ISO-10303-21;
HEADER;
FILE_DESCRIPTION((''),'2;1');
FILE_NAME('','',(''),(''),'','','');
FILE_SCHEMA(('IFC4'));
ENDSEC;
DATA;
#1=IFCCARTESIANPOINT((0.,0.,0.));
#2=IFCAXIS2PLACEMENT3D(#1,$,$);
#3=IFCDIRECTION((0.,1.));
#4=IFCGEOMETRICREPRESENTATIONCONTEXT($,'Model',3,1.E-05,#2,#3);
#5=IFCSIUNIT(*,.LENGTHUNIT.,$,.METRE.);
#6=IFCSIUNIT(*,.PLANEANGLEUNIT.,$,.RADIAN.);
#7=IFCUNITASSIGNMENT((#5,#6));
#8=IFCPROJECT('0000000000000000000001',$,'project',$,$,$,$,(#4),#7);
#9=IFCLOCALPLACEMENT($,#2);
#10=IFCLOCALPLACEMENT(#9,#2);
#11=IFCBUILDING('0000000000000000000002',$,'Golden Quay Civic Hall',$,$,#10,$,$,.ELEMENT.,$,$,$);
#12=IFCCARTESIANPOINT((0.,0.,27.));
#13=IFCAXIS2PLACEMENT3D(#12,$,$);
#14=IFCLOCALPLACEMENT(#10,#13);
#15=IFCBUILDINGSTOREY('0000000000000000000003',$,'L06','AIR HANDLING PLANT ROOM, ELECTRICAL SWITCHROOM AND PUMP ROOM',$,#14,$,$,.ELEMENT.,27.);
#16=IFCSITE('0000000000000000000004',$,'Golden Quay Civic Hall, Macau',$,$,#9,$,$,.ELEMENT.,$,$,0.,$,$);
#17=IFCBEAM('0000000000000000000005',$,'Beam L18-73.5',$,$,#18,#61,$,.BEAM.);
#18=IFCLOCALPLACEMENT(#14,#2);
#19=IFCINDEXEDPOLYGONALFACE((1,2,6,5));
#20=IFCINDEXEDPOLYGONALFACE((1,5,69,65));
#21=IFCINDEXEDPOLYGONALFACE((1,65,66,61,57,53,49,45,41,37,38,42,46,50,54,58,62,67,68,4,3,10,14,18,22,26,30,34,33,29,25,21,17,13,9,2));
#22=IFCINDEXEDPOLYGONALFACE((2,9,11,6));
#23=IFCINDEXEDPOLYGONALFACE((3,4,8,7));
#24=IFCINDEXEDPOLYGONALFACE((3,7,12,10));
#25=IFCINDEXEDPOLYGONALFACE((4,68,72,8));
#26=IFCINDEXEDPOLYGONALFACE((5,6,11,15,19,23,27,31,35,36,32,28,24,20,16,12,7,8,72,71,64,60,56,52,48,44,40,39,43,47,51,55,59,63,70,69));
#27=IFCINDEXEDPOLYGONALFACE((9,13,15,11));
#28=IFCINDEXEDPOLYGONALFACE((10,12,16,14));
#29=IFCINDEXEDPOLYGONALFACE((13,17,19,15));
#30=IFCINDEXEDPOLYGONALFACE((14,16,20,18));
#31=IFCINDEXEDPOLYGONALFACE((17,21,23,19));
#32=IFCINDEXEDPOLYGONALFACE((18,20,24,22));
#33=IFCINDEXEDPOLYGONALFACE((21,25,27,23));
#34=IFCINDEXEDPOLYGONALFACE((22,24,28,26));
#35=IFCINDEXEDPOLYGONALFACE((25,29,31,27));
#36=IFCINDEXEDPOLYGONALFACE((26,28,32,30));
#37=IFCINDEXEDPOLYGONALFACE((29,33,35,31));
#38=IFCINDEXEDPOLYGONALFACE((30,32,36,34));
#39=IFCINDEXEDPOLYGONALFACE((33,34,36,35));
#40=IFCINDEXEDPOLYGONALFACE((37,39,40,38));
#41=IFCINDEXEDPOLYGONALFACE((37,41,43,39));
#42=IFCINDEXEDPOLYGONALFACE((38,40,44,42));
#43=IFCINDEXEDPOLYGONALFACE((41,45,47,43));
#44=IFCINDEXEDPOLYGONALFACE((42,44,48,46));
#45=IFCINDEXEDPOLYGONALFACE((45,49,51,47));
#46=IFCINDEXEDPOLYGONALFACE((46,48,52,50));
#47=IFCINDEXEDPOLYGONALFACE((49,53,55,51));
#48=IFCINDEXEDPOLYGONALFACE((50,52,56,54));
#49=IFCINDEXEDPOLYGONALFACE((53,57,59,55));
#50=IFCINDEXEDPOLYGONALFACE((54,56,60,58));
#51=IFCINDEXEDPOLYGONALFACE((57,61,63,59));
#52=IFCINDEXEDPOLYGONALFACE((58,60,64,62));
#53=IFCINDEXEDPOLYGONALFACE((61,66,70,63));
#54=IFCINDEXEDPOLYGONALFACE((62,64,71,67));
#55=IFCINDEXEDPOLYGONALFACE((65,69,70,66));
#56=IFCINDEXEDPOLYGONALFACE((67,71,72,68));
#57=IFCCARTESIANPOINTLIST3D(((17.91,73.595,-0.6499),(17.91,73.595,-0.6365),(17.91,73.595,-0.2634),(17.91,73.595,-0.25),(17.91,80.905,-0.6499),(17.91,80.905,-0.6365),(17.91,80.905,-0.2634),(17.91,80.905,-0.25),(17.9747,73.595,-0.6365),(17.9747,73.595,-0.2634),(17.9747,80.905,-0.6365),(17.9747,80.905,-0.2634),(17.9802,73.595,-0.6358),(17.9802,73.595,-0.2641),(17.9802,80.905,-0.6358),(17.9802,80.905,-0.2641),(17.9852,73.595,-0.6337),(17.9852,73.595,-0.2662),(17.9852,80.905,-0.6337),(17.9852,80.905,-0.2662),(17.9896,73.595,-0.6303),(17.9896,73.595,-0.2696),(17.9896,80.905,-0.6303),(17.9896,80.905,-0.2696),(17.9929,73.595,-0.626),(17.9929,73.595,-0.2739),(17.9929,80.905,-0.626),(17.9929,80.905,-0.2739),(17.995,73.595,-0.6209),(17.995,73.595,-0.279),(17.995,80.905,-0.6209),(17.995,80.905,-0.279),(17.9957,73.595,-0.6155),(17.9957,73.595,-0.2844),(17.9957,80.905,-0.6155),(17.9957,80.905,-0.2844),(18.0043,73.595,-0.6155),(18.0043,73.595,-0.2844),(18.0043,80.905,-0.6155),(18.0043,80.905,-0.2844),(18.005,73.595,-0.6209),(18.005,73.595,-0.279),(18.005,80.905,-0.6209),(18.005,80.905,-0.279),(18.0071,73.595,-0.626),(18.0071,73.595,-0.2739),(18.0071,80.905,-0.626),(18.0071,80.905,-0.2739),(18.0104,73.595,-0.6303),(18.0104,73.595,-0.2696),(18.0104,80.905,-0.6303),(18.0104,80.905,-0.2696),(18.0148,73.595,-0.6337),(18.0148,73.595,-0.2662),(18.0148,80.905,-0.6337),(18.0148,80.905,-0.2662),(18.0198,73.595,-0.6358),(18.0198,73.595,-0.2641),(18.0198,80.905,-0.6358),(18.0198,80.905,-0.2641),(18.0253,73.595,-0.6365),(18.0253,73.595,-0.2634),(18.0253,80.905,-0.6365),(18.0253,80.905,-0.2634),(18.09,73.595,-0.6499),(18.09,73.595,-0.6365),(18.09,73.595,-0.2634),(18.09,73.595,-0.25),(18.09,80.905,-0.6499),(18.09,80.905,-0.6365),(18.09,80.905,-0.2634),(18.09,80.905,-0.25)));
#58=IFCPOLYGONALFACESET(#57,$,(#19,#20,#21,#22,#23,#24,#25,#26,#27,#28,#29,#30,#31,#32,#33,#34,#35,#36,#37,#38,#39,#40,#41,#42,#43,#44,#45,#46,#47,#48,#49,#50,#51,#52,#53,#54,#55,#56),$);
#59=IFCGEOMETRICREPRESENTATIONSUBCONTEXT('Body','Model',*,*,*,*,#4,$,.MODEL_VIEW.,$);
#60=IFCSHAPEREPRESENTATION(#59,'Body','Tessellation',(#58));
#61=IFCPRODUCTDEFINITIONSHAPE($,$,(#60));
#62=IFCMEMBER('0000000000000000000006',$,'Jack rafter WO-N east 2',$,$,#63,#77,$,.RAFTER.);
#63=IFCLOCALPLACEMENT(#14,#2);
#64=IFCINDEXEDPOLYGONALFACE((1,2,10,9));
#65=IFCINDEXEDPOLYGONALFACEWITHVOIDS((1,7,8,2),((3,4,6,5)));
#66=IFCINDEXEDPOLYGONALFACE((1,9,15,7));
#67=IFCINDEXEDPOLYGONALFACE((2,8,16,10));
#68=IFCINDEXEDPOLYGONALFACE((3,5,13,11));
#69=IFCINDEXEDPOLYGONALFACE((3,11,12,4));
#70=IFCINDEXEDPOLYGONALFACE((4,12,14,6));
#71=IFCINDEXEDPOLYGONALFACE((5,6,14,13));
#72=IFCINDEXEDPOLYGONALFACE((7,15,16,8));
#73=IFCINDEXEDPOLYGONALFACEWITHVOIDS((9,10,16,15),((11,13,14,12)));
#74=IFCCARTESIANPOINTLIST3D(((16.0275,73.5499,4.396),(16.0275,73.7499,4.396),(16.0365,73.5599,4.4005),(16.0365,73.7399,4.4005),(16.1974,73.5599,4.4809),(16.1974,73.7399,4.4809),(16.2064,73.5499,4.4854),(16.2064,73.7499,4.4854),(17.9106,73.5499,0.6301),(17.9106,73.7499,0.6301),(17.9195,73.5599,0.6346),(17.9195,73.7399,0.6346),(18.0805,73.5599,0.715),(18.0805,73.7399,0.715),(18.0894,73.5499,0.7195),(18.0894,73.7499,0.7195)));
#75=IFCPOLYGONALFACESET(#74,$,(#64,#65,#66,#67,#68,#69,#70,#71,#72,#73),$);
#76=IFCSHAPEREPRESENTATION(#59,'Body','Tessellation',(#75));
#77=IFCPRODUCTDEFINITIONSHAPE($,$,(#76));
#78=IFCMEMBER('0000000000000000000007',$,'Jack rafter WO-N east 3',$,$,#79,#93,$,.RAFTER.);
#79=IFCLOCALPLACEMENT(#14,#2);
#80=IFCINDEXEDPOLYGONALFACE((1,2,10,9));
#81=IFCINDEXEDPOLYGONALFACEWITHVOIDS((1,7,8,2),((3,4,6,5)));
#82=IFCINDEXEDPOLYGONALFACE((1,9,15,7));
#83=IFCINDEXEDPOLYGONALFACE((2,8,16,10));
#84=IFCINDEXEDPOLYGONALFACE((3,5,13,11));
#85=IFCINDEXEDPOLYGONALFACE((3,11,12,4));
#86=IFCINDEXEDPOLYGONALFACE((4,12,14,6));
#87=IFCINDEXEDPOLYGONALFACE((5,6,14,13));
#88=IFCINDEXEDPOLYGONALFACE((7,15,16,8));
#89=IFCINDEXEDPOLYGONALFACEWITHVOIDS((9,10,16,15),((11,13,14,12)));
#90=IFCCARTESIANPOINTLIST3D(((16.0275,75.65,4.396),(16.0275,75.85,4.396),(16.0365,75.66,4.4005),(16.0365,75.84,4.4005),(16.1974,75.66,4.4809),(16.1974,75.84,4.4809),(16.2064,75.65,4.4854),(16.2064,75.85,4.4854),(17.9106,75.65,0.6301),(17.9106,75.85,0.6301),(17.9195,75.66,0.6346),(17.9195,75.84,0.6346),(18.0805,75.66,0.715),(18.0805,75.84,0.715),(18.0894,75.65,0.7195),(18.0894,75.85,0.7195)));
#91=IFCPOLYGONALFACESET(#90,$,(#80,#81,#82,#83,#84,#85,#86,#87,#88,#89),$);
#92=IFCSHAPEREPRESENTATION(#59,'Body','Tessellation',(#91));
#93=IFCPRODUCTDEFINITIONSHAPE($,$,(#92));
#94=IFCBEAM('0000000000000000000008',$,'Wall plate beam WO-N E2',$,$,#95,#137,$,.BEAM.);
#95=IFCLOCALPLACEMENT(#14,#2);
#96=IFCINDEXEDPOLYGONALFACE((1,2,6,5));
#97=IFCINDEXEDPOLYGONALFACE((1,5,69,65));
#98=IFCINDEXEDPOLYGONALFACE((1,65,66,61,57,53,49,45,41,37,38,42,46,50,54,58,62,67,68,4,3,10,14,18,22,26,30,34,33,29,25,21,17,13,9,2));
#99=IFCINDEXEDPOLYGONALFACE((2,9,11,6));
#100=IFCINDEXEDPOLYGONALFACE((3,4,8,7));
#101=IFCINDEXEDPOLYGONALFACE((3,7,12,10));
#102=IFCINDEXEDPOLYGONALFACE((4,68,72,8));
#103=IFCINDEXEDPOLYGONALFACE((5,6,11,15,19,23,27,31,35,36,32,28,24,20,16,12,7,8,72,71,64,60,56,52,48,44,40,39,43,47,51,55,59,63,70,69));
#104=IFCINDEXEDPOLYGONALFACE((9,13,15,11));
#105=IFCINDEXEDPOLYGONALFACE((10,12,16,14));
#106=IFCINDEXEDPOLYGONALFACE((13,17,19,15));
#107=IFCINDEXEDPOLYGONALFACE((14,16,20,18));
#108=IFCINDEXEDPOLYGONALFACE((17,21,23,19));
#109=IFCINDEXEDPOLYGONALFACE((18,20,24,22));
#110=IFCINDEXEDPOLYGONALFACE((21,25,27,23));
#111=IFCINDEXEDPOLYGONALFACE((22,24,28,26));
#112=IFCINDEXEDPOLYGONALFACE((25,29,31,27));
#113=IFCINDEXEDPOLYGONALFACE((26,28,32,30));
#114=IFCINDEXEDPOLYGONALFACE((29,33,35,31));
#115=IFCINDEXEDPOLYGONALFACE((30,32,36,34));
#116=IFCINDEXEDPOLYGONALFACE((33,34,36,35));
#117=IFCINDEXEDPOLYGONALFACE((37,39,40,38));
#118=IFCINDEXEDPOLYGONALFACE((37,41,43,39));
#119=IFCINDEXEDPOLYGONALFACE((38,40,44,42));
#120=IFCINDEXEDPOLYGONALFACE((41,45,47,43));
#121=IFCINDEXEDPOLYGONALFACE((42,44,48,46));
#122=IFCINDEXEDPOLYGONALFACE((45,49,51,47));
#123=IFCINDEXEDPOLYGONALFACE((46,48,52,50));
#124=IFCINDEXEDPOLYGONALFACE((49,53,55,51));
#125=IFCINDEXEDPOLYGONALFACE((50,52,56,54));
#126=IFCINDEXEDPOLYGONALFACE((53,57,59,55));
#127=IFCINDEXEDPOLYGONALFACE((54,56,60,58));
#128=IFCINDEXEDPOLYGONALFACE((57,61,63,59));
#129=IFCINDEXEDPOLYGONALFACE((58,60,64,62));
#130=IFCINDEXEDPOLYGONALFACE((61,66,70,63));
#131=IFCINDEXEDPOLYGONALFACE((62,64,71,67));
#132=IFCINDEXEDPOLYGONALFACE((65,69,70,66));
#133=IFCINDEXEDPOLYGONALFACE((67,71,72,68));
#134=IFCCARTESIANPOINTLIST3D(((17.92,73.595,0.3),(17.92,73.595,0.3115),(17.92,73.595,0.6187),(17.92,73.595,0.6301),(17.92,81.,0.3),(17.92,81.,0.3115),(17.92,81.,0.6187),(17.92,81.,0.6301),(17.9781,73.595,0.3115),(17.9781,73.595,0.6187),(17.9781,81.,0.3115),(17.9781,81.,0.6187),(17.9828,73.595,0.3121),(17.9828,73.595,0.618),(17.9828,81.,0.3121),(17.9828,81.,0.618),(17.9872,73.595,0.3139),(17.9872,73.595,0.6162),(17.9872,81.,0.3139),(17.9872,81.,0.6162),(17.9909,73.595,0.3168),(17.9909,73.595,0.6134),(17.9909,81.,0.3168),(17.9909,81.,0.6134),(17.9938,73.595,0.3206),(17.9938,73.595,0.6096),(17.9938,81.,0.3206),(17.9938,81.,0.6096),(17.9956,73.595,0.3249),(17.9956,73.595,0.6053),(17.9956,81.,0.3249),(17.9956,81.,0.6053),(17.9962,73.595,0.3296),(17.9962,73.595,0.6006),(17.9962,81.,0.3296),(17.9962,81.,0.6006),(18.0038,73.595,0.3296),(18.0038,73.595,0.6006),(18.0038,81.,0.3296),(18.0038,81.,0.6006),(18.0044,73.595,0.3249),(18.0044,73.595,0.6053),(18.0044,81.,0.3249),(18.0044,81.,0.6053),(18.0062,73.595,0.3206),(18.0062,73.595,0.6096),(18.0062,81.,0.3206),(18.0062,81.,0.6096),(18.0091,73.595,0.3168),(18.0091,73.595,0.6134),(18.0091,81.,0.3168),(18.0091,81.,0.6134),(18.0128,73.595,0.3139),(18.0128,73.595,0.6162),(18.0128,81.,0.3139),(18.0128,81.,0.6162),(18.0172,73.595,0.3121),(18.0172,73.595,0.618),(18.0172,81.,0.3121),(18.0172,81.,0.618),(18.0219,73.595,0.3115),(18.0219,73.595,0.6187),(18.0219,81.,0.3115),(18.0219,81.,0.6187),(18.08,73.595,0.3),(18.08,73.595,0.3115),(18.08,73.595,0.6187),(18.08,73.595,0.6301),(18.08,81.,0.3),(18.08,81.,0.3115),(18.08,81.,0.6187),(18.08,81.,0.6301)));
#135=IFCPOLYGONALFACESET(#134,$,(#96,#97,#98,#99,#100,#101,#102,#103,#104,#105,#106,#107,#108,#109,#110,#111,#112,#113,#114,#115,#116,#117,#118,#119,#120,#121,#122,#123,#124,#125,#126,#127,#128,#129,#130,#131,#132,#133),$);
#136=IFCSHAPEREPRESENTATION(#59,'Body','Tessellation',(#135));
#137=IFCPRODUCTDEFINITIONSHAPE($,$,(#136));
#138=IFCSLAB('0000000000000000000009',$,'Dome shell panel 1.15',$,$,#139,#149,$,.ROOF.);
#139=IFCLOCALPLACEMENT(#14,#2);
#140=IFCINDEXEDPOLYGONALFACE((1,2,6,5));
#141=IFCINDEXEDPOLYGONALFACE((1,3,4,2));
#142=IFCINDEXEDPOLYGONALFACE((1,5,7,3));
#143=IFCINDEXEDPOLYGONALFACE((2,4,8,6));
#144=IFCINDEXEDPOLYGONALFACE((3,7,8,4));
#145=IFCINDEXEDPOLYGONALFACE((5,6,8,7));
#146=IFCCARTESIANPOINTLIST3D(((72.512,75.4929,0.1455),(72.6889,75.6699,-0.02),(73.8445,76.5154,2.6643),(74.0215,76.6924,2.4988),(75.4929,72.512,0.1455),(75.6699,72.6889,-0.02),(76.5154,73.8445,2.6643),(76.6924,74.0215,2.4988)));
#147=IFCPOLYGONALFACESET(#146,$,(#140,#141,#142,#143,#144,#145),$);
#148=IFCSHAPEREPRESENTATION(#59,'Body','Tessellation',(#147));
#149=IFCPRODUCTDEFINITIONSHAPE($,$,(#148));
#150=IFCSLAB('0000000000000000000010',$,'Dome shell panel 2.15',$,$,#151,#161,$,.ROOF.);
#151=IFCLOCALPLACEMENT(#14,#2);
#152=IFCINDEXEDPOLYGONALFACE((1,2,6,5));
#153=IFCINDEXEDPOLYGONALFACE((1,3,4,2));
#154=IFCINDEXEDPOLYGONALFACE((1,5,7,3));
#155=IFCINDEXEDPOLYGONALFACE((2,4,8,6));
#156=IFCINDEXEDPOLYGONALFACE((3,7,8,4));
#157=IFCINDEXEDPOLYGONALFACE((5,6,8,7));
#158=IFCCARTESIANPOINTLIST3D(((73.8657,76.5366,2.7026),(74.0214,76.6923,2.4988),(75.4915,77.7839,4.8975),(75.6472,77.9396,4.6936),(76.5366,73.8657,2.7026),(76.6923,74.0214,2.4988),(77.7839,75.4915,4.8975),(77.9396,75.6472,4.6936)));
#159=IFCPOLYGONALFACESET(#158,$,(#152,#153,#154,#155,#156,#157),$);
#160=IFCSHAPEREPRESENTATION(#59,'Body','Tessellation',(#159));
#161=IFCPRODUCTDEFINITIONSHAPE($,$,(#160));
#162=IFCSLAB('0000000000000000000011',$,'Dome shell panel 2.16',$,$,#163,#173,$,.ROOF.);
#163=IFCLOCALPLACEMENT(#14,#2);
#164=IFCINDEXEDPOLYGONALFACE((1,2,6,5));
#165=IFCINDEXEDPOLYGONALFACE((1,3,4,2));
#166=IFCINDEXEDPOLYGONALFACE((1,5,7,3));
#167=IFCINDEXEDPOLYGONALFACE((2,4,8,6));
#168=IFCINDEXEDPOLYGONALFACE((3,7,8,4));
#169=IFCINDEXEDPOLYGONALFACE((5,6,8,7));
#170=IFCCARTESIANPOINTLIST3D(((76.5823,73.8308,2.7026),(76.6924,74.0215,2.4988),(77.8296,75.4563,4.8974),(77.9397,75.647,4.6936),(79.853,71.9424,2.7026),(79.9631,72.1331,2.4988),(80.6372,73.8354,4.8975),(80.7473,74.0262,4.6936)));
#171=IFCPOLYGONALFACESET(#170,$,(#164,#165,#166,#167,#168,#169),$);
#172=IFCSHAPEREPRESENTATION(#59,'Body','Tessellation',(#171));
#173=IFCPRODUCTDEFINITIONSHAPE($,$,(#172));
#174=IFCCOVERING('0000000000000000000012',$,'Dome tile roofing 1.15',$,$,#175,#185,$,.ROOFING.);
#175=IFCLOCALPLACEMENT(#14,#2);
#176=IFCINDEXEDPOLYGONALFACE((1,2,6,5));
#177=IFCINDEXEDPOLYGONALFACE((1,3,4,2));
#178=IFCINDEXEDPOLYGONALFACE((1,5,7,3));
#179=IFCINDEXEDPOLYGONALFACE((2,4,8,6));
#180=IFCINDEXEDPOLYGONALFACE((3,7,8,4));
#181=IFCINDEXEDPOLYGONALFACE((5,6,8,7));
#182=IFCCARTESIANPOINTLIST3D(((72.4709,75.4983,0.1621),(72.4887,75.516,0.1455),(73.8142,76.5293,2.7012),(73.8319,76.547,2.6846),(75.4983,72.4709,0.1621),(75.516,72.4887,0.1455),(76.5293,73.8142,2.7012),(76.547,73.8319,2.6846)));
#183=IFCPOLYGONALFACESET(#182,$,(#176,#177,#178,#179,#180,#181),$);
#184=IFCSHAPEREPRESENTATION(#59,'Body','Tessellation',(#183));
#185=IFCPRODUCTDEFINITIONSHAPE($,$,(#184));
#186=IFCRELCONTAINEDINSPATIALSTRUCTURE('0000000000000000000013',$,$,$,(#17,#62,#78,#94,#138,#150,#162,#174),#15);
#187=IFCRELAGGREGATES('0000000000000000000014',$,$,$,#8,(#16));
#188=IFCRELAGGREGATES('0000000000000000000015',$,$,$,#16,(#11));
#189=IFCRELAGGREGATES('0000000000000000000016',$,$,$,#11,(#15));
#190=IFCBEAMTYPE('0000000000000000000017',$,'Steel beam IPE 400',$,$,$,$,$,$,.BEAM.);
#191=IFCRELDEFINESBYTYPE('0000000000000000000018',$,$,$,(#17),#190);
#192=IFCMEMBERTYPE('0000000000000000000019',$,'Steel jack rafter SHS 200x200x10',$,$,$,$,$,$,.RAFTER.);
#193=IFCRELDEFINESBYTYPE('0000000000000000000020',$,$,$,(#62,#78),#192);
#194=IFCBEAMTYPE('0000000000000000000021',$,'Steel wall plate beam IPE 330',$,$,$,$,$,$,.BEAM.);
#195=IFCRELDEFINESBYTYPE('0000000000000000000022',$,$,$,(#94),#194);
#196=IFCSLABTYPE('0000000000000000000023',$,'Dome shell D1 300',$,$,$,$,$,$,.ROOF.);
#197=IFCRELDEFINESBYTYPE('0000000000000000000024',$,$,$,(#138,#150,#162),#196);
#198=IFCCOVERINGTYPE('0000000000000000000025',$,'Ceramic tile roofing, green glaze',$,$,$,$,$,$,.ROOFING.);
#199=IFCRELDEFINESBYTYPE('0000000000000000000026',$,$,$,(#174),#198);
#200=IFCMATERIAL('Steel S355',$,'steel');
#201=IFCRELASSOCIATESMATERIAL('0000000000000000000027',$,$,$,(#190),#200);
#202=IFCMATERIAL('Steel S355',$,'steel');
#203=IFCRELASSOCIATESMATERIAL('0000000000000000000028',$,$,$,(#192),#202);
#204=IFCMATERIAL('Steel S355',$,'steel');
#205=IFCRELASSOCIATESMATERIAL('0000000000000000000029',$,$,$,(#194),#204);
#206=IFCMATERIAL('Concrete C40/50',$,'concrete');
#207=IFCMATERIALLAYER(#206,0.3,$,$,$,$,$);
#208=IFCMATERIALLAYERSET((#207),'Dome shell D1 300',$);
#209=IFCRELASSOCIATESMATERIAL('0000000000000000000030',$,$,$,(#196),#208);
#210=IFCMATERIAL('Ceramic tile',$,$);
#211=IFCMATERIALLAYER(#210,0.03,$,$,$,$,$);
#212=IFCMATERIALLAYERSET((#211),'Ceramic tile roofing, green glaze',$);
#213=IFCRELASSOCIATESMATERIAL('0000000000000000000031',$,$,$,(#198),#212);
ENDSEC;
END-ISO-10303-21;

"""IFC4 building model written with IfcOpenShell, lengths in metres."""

from ifc_helpers import new_model, si_unit, direction, frame, origin, origin_2d, place, context, subcontext, project, spatial, polyline, hollow_rectangle, i_section, outline, extrude, material, layer, layer_set, material_profile, profile_set, type_object, element, save


model = new_model("IFC4")

# Units and contexts
model_context = context("Model", 3, precision=1e-05, world=origin(), true_north=direction((0.0, 1.0)))
body_context = subcontext(model_context, "Body", "Model", "MODEL_VIEW")
ifc_project = project(units=[si_unit("LENGTHUNIT", "METRE"), si_unit("PLANEANGLEUNIT", "RADIAN")], contexts=[model_context])

# Site, building, storey
site_placement = place(None, origin())
site = spatial("IfcSite", under=ifc_project, at=site_placement, Name="Golden Quay Civic Hall, Macau", CompositionType="ELEMENT", RefElevation=0.0)
building_placement = place(site_placement, origin())
building = spatial("IfcBuilding", under=site, at=building_placement, Name="Golden Quay Civic Hall", CompositionType="ELEMENT")
storey_placement = place(building_placement, frame((0.0, 0.0, 27.0)))
storey = spatial("IfcBuildingStorey", under=building, at=storey_placement, Name="L06", Description="AIR HANDLING PLANT ROOM, ELECTRICAL SWITCHROOM AND PUMP ROOM", CompositionType="ELEMENT", Elevation=27.0)

# Beam
ifc_material_1 = material(Name="Steel S355", Category="steel")
ifc_material_profile_1 = material_profile(ifc_material_1, i_section(OverallWidth=0.1799, OverallDepth=0.3999, WebThickness=0.0085, FlangeThickness=0.0134, FilletRadius=0.021, at=origin_2d()), Name="IPE 400")
ifc_profile_set_1 = profile_set([ifc_material_profile_1], Name="Steel S355")
beam_type_1 = type_object("IfcBeamType", Name="Steel beam IPE 400", PredefinedType="BEAM", material=ifc_profile_set_1)
beam_1_placement = place(storey_placement, frame((18.0, 73.595, -0.45), z_axis=(0.0, 1.0, 0.0), x_axis=(-1.0, 0.0, 0.0)))
element("IfcBeam", 1, at=beam_1_placement, inside=storey, type_object=beam_type_1, Name="Beam L18-73.5", PredefinedType="BEAM", context=body_context, shape_type="SweptSolid", body=[
    extrude(i_section(OverallWidth=0.1799, OverallDepth=0.3999, WebThickness=0.0085, FlangeThickness=0.0134, FilletRadius=0.021, at=origin_2d()), origin(), (0.0, 0.0, 1.0), 7.3101),
])

# Members
ifc_material_2 = material(Name="Steel S355", Category="steel")
ifc_material_profile_2 = material_profile(ifc_material_2, hollow_rectangle(XDim=0.2, YDim=0.2, WallThickness=0.01, at=origin_2d()), Name="SHS 200x200x10")
ifc_profile_set_2 = profile_set([ifc_material_profile_2], Name="Steel S355")
member_type_1 = type_object("IfcMemberType", Name="Steel jack rafter SHS 200x200x10", PredefinedType="RAFTER", material=ifc_profile_set_2)
for number, where, z_axis, x_axis, name in (
    (2, (18.0, 73.6499, 0.6748), (-0.447237, 0.0, 0.894416), (0.0, -1.0, 0.0), "Jack rafter WO-N east 2"),
    (3, (18.0, 75.75, 0.6748), (-0.447237, 0.0, 0.894416), (0.0, -1.0, 0.0), "Jack rafter WO-N east 3"),
):
    element("IfcMember", number, at=place(storey_placement, frame(where, z_axis=z_axis, x_axis=x_axis)), inside=storey, type_object=member_type_1, Name=name, PredefinedType="RAFTER", context=body_context, shape_type="SweptSolid", body=[
        extrude(hollow_rectangle(XDim=0.2, YDim=0.2, WallThickness=0.01, at=origin_2d()), origin(), (0.0, 0.0, 1.0), 4.2104),
    ])

# Beam
ifc_material_3 = material(Name="Steel S355", Category="steel")
ifc_material_profile_3 = material_profile(ifc_material_3, i_section(OverallWidth=0.1599, OverallDepth=0.3301, WebThickness=0.0076, FlangeThickness=0.0115, FilletRadius=0.0181, at=origin_2d()), Name="IPE 330")
ifc_profile_set_3 = profile_set([ifc_material_profile_3], Name="Steel S355")
beam_type_2 = type_object("IfcBeamType", Name="Steel wall plate beam IPE 330", PredefinedType="BEAM", material=ifc_profile_set_3)
beam_2_placement = place(storey_placement, frame((18.0, 73.595, 0.4651), z_axis=(0.0, 1.0, 0.0), x_axis=(-1.0, 0.0, 0.0)))
element("IfcBeam", 4, at=beam_2_placement, inside=storey, type_object=beam_type_2, Name="Wall plate beam WO-N E2", PredefinedType="BEAM", context=body_context, shape_type="SweptSolid", body=[
    extrude(i_section(OverallWidth=0.1599, OverallDepth=0.3301, WebThickness=0.0076, FlangeThickness=0.0115, FilletRadius=0.0181, at=origin_2d()), origin(), (0.0, 0.0, 1.0), 7.405),
])

# Slabs
ifc_material_4 = material(Name="Concrete C40/50", Category="concrete")
ifc_layer_1 = layer(ifc_material_4, 0.3)
ifc_layer_set_1 = layer_set([ifc_layer_1], Name="Dome shell D1 300")
slab_type = type_object("IfcSlabType", Name="Dome shell D1 300", PredefinedType="ROOF", material=ifc_layer_set_1)
slab_1_placement = place(storey_placement, frame((72.512, 75.4929, 0.1455), z_axis=(-0.589855, -0.589855, 0.551492), x_axis=(0.707107, -0.707107, 0.0)))
element("IfcSlab", 5, at=slab_1_placement, inside=storey, type_object=slab_type, Name="Dome shell panel 1.15", PredefinedType="ROOF", context=body_context, shape_type="SweptSolid", body=[
    extrude(outline(polyline([(0.0, 0.0), (4.2157, 0.0), (3.9965, 3.0195), (0.2192, 3.0195), (0.0, 0.0)])), origin(), (0.0, 0.0, -1.0), 0.3),
])
slab_2_placement = place(storey_placement, frame((73.8657, 76.5366, 2.7026), z_axis=(-0.518929, -0.518929, 0.679283), x_axis=(0.707107, -0.707107, 0.0)))
element("IfcSlab", 6, at=slab_2_placement, inside=storey, type_object=slab_type, Name="Dome shell panel 2.15", PredefinedType="ROOF", context=body_context, shape_type="SweptSolid", body=[
    extrude(outline(polyline([(0.0, 0.0), (3.7772, 0.0), (3.5096, 2.9907), (0.2676, 2.9907), (0.0, 0.0)])), origin(), (0.0, 0.0, -1.0), 0.3),
])
slab_3_placement = place(storey_placement, frame((76.5823, 73.8308, 2.7026), z_axis=(-0.366941, -0.635573, 0.679265), x_axis=(0.866025, -0.500001, -0.000011)))
element("IfcSlab", 7, at=slab_3_placement, inside=storey, type_object=slab_type, Name="Dome shell panel 2.16", PredefinedType="ROOF", context=body_context, shape_type="SweptSolid", body=[
    extrude(outline(polyline([(0.0, 0.0), (3.7768, 0.0), (3.5093, 2.9907), (0.2674, 2.9906), (0.0, 0.0)])), origin(), (0.0, 0.0, -1.0), 0.3),
])

# Covering
ifc_material_5 = material(Name="Ceramic tile")
ifc_layer_2 = layer(ifc_material_5, 0.03)
ifc_layer_set_2 = layer_set([ifc_layer_2], Name="Ceramic tile roofing, green glaze")
covering_type = type_object("IfcCoveringType", Name="Ceramic tile roofing, green glaze", PredefinedType="ROOFING", material=ifc_layer_set_2)
covering_1_placement = place(storey_placement, frame((72.4709, 75.4983, 0.1621), z_axis=(-0.589829, -0.589829, 0.551547), x_axis=(0.707107, -0.707107, 0.0)))
element("IfcCovering", 8, at=covering_1_placement, inside=storey, type_object=covering_type, Name="Dome tile roofing 1.15", PredefinedType="ROOFING", context=body_context, shape_type="SweptSolid", body=[
    extrude(outline(polyline([(0.0, 0.0), (4.2813, 0.0), (4.0605, 3.0439), (0.2208, 3.0439), (0.0, 0.0)])), origin(), (0.0, 0.0, -1.0), 0.03),
])

save(model, "model.ifc")
